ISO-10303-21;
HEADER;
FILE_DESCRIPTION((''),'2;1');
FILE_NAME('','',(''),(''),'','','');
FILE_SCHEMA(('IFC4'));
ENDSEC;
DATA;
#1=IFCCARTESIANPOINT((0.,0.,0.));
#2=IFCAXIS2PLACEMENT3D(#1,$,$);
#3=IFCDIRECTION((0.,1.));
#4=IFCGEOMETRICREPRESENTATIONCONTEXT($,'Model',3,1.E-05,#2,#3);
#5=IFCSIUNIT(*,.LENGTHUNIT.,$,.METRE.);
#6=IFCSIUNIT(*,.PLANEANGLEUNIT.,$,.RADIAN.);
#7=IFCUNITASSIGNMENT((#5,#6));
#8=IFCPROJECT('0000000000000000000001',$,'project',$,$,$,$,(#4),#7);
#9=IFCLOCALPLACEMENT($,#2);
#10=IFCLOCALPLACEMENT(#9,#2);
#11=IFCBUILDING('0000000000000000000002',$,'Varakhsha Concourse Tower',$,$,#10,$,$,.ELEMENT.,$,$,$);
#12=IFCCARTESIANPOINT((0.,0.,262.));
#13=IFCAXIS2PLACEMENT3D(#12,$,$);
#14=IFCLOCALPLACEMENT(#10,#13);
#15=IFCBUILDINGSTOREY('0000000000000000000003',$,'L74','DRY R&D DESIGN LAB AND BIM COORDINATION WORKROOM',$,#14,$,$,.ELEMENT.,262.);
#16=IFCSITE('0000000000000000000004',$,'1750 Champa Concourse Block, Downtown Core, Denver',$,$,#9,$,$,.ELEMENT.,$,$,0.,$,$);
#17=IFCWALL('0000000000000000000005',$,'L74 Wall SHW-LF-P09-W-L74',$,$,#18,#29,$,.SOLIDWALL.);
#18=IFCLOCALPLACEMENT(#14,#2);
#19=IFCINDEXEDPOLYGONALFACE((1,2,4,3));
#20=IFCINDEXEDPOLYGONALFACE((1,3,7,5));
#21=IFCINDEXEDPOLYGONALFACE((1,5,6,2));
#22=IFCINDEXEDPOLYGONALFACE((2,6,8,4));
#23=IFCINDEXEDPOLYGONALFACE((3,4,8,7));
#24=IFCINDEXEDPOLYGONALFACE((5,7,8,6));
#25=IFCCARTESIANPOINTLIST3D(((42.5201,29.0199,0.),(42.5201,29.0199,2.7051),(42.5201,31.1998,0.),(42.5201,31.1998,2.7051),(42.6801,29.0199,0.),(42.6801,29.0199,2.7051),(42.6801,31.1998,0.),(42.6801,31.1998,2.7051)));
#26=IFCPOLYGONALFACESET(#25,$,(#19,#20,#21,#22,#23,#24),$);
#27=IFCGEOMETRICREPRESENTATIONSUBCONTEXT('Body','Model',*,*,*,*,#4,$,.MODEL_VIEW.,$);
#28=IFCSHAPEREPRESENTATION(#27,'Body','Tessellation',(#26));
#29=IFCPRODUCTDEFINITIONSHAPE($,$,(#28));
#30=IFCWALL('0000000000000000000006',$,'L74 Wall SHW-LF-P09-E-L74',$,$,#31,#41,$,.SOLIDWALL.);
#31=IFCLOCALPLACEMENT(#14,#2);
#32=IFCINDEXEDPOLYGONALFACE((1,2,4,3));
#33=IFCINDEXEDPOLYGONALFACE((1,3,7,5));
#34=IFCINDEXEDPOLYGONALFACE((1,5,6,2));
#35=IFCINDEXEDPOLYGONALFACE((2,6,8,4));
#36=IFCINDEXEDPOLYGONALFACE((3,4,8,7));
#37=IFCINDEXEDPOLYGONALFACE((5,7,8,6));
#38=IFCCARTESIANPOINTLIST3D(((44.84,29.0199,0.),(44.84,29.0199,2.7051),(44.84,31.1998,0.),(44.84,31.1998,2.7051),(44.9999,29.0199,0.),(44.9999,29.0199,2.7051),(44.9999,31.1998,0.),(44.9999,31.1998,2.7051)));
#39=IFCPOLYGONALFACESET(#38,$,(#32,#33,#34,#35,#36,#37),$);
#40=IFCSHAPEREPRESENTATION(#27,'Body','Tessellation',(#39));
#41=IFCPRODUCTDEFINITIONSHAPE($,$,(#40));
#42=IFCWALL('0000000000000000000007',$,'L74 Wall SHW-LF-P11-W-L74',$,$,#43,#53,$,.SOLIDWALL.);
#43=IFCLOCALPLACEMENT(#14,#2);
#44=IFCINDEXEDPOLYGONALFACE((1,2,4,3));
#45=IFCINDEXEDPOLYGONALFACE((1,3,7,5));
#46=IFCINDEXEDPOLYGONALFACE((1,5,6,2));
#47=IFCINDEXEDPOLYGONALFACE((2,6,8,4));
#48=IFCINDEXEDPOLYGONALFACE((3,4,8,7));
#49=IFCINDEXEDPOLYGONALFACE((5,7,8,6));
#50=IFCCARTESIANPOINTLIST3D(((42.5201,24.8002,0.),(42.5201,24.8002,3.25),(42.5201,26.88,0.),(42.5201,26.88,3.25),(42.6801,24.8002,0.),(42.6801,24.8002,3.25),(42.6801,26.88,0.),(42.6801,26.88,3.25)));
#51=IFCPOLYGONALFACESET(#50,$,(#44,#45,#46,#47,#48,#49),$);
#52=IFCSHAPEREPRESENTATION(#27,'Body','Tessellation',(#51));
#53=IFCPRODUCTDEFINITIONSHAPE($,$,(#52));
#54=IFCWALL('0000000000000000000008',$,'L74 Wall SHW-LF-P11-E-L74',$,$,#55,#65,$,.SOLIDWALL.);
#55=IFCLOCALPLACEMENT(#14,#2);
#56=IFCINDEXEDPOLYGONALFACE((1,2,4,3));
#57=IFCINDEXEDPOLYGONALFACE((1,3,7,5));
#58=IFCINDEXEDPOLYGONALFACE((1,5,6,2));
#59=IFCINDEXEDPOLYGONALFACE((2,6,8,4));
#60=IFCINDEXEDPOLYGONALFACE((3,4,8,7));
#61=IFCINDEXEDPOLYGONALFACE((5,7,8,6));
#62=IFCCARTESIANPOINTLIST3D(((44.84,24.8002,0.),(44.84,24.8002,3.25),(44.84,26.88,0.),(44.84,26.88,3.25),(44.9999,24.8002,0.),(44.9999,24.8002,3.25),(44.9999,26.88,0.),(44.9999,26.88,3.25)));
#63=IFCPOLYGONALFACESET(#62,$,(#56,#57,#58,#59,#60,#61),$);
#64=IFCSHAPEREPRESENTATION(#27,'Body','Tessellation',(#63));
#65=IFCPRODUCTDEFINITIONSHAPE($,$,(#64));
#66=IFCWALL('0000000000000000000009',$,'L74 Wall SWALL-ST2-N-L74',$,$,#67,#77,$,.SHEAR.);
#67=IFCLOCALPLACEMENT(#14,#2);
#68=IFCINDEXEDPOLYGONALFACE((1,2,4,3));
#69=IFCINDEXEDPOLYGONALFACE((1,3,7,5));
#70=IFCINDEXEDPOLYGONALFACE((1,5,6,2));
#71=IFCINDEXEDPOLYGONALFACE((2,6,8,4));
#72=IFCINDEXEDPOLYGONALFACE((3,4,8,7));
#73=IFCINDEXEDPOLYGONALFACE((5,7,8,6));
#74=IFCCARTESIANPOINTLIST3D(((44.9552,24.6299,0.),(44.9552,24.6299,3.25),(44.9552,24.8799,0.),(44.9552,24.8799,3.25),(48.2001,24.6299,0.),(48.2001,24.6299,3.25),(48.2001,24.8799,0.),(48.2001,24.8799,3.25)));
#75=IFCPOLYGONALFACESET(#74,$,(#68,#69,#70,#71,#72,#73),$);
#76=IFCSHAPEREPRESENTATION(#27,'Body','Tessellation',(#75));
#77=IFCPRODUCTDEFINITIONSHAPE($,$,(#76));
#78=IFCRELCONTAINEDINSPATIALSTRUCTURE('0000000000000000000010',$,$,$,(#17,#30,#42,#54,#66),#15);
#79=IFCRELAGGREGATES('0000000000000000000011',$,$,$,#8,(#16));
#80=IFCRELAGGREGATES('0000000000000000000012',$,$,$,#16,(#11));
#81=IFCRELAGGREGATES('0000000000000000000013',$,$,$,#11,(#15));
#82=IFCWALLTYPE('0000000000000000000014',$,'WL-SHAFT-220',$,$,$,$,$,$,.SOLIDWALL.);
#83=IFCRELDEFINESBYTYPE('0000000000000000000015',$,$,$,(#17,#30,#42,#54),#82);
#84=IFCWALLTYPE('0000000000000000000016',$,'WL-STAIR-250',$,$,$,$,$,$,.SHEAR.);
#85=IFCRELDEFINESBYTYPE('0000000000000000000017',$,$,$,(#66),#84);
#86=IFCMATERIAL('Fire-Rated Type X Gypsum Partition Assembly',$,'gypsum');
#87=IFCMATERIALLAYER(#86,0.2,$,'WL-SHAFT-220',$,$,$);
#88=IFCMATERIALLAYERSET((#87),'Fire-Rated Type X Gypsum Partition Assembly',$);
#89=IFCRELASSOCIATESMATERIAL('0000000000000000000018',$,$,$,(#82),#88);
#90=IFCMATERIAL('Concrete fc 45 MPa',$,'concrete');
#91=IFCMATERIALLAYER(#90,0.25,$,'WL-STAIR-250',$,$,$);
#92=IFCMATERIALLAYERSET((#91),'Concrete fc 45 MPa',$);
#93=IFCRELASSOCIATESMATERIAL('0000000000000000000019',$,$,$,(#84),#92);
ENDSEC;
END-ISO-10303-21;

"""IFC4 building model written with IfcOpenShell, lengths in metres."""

from ifc_helpers import new_model, si_unit, direction, frame, frame_2d, origin, place, context, subcontext, project, spatial, rectangle, extrude, material, layer, layer_set, type_object, element, save


model = new_model("IFC4")

# Units and contexts
model_context = context("Model", 3, precision=1e-05, world=origin(), true_north=direction((0.0, 1.0)))
body_context = subcontext(model_context, "Body", "Model", "MODEL_VIEW")
ifc_project = project(units=[si_unit("LENGTHUNIT", "METRE"), si_unit("PLANEANGLEUNIT", "RADIAN")], contexts=[model_context])

# Site, building, storey
site_placement = place(None, origin())
site = spatial("IfcSite", under=ifc_project, at=site_placement, Name="1750 Champa Concourse Block, Downtown Core, Denver", CompositionType="ELEMENT", RefElevation=0.0)
building_placement = place(site_placement, origin())
building = spatial("IfcBuilding", under=site, at=building_placement, Name="Varakhsha Concourse Tower", CompositionType="ELEMENT")
storey_placement = place(building_placement, frame((0.0, 0.0, 262.0)))
storey = spatial("IfcBuildingStorey", under=building, at=storey_placement, Name="L74", Description="DRY R&D DESIGN LAB AND BIM COORDINATION WORKROOM", CompositionType="ELEMENT", Elevation=262.0)

# Shared definitions
ifc_material_1 = material(Name="Fire-Rated Type X Gypsum Partition Assembly", Category="gypsum")

# Walls
ifc_layer_1 = layer(ifc_material_1, 0.2, Name="WL-SHAFT-220")
ifc_layer_set_1 = layer_set([ifc_layer_1], Name="Fire-Rated Type X Gypsum Partition Assembly")
wall_type_1 = type_object("IfcWallType", Name="WL-SHAFT-220", PredefinedType="SOLIDWALL", material=ifc_layer_set_1)
for number, where, z_axis, x_axis, name in (
    (1, (42.6001, 29.02, 0.0), (0.0, 0.0, 1.0), (0.0, 1.0, 0.0), "L74 Wall SHW-LF-P09-W-L74"),
    (2, (44.9199, 29.02, 0.0), (0.0, 0.0, 1.0), (0.0, 1.0, 0.0), "L74 Wall SHW-LF-P09-E-L74"),
):
    element("IfcWall", number, at=place(storey_placement, frame(where, z_axis=z_axis, x_axis=x_axis)), inside=storey, type_object=wall_type_1, Name=name, PredefinedType="SOLIDWALL", context=body_context, shape_type="SweptSolid", body=[
        extrude(rectangle(XDim=2.1799, YDim=0.1599, at=frame_2d((1.0898, 0.0))), origin(), (0.0, 0.0, 1.0), 2.7051),
    ])
for number, where, z_axis, x_axis, name in (
    (3, (42.6001, 24.8, 0.0), (0.0, 0.0, 1.0), (0.0, 1.0, 0.0), "L74 Wall SHW-LF-P11-W-L74"),
    (4, (44.9199, 24.8, 0.0), (0.0, 0.0, 1.0), (0.0, 1.0, 0.0), "L74 Wall SHW-LF-P11-E-L74"),
):
    element("IfcWall", number, at=place(storey_placement, frame(where, z_axis=z_axis, x_axis=x_axis)), inside=storey, type_object=wall_type_1, Name=name, PredefinedType="SOLIDWALL", context=body_context, shape_type="SweptSolid", body=[
        extrude(rectangle(XDim=2.0798, YDim=0.1599, at=frame_2d((1.04, 0.0))), origin(), (0.0, 0.0, 1.0), 3.25),
    ])
ifc_material_2 = material(Name="Concrete fc 45 MPa", Category="concrete")
ifc_layer_2 = layer(ifc_material_2, 0.25, Name="WL-STAIR-250")
ifc_layer_set_2 = layer_set([ifc_layer_2], Name="Concrete fc 45 MPa")
wall_type_2 = type_object("IfcWallType", Name="WL-STAIR-250", PredefinedType="SHEAR", material=ifc_layer_set_2)
wall_1_placement = place(storey_placement, frame((44.9551, 24.7549, 0.0), z_axis=(0.0, 0.0, 1.0), x_axis=(1.0, 0.0, 0.0)))
element("IfcWall", 5, at=wall_1_placement, inside=storey, type_object=wall_type_2, Name="L74 Wall SWALL-ST2-N-L74", PredefinedType="SHEAR", context=body_context, shape_type="SweptSolid", body=[
    extrude(rectangle(XDim=3.2449, YDim=0.25, at=frame_2d((1.6226, 0.0))), origin(), (0.0, 0.0, 1.0), 3.25),
])

save(model, "model.ifc")
